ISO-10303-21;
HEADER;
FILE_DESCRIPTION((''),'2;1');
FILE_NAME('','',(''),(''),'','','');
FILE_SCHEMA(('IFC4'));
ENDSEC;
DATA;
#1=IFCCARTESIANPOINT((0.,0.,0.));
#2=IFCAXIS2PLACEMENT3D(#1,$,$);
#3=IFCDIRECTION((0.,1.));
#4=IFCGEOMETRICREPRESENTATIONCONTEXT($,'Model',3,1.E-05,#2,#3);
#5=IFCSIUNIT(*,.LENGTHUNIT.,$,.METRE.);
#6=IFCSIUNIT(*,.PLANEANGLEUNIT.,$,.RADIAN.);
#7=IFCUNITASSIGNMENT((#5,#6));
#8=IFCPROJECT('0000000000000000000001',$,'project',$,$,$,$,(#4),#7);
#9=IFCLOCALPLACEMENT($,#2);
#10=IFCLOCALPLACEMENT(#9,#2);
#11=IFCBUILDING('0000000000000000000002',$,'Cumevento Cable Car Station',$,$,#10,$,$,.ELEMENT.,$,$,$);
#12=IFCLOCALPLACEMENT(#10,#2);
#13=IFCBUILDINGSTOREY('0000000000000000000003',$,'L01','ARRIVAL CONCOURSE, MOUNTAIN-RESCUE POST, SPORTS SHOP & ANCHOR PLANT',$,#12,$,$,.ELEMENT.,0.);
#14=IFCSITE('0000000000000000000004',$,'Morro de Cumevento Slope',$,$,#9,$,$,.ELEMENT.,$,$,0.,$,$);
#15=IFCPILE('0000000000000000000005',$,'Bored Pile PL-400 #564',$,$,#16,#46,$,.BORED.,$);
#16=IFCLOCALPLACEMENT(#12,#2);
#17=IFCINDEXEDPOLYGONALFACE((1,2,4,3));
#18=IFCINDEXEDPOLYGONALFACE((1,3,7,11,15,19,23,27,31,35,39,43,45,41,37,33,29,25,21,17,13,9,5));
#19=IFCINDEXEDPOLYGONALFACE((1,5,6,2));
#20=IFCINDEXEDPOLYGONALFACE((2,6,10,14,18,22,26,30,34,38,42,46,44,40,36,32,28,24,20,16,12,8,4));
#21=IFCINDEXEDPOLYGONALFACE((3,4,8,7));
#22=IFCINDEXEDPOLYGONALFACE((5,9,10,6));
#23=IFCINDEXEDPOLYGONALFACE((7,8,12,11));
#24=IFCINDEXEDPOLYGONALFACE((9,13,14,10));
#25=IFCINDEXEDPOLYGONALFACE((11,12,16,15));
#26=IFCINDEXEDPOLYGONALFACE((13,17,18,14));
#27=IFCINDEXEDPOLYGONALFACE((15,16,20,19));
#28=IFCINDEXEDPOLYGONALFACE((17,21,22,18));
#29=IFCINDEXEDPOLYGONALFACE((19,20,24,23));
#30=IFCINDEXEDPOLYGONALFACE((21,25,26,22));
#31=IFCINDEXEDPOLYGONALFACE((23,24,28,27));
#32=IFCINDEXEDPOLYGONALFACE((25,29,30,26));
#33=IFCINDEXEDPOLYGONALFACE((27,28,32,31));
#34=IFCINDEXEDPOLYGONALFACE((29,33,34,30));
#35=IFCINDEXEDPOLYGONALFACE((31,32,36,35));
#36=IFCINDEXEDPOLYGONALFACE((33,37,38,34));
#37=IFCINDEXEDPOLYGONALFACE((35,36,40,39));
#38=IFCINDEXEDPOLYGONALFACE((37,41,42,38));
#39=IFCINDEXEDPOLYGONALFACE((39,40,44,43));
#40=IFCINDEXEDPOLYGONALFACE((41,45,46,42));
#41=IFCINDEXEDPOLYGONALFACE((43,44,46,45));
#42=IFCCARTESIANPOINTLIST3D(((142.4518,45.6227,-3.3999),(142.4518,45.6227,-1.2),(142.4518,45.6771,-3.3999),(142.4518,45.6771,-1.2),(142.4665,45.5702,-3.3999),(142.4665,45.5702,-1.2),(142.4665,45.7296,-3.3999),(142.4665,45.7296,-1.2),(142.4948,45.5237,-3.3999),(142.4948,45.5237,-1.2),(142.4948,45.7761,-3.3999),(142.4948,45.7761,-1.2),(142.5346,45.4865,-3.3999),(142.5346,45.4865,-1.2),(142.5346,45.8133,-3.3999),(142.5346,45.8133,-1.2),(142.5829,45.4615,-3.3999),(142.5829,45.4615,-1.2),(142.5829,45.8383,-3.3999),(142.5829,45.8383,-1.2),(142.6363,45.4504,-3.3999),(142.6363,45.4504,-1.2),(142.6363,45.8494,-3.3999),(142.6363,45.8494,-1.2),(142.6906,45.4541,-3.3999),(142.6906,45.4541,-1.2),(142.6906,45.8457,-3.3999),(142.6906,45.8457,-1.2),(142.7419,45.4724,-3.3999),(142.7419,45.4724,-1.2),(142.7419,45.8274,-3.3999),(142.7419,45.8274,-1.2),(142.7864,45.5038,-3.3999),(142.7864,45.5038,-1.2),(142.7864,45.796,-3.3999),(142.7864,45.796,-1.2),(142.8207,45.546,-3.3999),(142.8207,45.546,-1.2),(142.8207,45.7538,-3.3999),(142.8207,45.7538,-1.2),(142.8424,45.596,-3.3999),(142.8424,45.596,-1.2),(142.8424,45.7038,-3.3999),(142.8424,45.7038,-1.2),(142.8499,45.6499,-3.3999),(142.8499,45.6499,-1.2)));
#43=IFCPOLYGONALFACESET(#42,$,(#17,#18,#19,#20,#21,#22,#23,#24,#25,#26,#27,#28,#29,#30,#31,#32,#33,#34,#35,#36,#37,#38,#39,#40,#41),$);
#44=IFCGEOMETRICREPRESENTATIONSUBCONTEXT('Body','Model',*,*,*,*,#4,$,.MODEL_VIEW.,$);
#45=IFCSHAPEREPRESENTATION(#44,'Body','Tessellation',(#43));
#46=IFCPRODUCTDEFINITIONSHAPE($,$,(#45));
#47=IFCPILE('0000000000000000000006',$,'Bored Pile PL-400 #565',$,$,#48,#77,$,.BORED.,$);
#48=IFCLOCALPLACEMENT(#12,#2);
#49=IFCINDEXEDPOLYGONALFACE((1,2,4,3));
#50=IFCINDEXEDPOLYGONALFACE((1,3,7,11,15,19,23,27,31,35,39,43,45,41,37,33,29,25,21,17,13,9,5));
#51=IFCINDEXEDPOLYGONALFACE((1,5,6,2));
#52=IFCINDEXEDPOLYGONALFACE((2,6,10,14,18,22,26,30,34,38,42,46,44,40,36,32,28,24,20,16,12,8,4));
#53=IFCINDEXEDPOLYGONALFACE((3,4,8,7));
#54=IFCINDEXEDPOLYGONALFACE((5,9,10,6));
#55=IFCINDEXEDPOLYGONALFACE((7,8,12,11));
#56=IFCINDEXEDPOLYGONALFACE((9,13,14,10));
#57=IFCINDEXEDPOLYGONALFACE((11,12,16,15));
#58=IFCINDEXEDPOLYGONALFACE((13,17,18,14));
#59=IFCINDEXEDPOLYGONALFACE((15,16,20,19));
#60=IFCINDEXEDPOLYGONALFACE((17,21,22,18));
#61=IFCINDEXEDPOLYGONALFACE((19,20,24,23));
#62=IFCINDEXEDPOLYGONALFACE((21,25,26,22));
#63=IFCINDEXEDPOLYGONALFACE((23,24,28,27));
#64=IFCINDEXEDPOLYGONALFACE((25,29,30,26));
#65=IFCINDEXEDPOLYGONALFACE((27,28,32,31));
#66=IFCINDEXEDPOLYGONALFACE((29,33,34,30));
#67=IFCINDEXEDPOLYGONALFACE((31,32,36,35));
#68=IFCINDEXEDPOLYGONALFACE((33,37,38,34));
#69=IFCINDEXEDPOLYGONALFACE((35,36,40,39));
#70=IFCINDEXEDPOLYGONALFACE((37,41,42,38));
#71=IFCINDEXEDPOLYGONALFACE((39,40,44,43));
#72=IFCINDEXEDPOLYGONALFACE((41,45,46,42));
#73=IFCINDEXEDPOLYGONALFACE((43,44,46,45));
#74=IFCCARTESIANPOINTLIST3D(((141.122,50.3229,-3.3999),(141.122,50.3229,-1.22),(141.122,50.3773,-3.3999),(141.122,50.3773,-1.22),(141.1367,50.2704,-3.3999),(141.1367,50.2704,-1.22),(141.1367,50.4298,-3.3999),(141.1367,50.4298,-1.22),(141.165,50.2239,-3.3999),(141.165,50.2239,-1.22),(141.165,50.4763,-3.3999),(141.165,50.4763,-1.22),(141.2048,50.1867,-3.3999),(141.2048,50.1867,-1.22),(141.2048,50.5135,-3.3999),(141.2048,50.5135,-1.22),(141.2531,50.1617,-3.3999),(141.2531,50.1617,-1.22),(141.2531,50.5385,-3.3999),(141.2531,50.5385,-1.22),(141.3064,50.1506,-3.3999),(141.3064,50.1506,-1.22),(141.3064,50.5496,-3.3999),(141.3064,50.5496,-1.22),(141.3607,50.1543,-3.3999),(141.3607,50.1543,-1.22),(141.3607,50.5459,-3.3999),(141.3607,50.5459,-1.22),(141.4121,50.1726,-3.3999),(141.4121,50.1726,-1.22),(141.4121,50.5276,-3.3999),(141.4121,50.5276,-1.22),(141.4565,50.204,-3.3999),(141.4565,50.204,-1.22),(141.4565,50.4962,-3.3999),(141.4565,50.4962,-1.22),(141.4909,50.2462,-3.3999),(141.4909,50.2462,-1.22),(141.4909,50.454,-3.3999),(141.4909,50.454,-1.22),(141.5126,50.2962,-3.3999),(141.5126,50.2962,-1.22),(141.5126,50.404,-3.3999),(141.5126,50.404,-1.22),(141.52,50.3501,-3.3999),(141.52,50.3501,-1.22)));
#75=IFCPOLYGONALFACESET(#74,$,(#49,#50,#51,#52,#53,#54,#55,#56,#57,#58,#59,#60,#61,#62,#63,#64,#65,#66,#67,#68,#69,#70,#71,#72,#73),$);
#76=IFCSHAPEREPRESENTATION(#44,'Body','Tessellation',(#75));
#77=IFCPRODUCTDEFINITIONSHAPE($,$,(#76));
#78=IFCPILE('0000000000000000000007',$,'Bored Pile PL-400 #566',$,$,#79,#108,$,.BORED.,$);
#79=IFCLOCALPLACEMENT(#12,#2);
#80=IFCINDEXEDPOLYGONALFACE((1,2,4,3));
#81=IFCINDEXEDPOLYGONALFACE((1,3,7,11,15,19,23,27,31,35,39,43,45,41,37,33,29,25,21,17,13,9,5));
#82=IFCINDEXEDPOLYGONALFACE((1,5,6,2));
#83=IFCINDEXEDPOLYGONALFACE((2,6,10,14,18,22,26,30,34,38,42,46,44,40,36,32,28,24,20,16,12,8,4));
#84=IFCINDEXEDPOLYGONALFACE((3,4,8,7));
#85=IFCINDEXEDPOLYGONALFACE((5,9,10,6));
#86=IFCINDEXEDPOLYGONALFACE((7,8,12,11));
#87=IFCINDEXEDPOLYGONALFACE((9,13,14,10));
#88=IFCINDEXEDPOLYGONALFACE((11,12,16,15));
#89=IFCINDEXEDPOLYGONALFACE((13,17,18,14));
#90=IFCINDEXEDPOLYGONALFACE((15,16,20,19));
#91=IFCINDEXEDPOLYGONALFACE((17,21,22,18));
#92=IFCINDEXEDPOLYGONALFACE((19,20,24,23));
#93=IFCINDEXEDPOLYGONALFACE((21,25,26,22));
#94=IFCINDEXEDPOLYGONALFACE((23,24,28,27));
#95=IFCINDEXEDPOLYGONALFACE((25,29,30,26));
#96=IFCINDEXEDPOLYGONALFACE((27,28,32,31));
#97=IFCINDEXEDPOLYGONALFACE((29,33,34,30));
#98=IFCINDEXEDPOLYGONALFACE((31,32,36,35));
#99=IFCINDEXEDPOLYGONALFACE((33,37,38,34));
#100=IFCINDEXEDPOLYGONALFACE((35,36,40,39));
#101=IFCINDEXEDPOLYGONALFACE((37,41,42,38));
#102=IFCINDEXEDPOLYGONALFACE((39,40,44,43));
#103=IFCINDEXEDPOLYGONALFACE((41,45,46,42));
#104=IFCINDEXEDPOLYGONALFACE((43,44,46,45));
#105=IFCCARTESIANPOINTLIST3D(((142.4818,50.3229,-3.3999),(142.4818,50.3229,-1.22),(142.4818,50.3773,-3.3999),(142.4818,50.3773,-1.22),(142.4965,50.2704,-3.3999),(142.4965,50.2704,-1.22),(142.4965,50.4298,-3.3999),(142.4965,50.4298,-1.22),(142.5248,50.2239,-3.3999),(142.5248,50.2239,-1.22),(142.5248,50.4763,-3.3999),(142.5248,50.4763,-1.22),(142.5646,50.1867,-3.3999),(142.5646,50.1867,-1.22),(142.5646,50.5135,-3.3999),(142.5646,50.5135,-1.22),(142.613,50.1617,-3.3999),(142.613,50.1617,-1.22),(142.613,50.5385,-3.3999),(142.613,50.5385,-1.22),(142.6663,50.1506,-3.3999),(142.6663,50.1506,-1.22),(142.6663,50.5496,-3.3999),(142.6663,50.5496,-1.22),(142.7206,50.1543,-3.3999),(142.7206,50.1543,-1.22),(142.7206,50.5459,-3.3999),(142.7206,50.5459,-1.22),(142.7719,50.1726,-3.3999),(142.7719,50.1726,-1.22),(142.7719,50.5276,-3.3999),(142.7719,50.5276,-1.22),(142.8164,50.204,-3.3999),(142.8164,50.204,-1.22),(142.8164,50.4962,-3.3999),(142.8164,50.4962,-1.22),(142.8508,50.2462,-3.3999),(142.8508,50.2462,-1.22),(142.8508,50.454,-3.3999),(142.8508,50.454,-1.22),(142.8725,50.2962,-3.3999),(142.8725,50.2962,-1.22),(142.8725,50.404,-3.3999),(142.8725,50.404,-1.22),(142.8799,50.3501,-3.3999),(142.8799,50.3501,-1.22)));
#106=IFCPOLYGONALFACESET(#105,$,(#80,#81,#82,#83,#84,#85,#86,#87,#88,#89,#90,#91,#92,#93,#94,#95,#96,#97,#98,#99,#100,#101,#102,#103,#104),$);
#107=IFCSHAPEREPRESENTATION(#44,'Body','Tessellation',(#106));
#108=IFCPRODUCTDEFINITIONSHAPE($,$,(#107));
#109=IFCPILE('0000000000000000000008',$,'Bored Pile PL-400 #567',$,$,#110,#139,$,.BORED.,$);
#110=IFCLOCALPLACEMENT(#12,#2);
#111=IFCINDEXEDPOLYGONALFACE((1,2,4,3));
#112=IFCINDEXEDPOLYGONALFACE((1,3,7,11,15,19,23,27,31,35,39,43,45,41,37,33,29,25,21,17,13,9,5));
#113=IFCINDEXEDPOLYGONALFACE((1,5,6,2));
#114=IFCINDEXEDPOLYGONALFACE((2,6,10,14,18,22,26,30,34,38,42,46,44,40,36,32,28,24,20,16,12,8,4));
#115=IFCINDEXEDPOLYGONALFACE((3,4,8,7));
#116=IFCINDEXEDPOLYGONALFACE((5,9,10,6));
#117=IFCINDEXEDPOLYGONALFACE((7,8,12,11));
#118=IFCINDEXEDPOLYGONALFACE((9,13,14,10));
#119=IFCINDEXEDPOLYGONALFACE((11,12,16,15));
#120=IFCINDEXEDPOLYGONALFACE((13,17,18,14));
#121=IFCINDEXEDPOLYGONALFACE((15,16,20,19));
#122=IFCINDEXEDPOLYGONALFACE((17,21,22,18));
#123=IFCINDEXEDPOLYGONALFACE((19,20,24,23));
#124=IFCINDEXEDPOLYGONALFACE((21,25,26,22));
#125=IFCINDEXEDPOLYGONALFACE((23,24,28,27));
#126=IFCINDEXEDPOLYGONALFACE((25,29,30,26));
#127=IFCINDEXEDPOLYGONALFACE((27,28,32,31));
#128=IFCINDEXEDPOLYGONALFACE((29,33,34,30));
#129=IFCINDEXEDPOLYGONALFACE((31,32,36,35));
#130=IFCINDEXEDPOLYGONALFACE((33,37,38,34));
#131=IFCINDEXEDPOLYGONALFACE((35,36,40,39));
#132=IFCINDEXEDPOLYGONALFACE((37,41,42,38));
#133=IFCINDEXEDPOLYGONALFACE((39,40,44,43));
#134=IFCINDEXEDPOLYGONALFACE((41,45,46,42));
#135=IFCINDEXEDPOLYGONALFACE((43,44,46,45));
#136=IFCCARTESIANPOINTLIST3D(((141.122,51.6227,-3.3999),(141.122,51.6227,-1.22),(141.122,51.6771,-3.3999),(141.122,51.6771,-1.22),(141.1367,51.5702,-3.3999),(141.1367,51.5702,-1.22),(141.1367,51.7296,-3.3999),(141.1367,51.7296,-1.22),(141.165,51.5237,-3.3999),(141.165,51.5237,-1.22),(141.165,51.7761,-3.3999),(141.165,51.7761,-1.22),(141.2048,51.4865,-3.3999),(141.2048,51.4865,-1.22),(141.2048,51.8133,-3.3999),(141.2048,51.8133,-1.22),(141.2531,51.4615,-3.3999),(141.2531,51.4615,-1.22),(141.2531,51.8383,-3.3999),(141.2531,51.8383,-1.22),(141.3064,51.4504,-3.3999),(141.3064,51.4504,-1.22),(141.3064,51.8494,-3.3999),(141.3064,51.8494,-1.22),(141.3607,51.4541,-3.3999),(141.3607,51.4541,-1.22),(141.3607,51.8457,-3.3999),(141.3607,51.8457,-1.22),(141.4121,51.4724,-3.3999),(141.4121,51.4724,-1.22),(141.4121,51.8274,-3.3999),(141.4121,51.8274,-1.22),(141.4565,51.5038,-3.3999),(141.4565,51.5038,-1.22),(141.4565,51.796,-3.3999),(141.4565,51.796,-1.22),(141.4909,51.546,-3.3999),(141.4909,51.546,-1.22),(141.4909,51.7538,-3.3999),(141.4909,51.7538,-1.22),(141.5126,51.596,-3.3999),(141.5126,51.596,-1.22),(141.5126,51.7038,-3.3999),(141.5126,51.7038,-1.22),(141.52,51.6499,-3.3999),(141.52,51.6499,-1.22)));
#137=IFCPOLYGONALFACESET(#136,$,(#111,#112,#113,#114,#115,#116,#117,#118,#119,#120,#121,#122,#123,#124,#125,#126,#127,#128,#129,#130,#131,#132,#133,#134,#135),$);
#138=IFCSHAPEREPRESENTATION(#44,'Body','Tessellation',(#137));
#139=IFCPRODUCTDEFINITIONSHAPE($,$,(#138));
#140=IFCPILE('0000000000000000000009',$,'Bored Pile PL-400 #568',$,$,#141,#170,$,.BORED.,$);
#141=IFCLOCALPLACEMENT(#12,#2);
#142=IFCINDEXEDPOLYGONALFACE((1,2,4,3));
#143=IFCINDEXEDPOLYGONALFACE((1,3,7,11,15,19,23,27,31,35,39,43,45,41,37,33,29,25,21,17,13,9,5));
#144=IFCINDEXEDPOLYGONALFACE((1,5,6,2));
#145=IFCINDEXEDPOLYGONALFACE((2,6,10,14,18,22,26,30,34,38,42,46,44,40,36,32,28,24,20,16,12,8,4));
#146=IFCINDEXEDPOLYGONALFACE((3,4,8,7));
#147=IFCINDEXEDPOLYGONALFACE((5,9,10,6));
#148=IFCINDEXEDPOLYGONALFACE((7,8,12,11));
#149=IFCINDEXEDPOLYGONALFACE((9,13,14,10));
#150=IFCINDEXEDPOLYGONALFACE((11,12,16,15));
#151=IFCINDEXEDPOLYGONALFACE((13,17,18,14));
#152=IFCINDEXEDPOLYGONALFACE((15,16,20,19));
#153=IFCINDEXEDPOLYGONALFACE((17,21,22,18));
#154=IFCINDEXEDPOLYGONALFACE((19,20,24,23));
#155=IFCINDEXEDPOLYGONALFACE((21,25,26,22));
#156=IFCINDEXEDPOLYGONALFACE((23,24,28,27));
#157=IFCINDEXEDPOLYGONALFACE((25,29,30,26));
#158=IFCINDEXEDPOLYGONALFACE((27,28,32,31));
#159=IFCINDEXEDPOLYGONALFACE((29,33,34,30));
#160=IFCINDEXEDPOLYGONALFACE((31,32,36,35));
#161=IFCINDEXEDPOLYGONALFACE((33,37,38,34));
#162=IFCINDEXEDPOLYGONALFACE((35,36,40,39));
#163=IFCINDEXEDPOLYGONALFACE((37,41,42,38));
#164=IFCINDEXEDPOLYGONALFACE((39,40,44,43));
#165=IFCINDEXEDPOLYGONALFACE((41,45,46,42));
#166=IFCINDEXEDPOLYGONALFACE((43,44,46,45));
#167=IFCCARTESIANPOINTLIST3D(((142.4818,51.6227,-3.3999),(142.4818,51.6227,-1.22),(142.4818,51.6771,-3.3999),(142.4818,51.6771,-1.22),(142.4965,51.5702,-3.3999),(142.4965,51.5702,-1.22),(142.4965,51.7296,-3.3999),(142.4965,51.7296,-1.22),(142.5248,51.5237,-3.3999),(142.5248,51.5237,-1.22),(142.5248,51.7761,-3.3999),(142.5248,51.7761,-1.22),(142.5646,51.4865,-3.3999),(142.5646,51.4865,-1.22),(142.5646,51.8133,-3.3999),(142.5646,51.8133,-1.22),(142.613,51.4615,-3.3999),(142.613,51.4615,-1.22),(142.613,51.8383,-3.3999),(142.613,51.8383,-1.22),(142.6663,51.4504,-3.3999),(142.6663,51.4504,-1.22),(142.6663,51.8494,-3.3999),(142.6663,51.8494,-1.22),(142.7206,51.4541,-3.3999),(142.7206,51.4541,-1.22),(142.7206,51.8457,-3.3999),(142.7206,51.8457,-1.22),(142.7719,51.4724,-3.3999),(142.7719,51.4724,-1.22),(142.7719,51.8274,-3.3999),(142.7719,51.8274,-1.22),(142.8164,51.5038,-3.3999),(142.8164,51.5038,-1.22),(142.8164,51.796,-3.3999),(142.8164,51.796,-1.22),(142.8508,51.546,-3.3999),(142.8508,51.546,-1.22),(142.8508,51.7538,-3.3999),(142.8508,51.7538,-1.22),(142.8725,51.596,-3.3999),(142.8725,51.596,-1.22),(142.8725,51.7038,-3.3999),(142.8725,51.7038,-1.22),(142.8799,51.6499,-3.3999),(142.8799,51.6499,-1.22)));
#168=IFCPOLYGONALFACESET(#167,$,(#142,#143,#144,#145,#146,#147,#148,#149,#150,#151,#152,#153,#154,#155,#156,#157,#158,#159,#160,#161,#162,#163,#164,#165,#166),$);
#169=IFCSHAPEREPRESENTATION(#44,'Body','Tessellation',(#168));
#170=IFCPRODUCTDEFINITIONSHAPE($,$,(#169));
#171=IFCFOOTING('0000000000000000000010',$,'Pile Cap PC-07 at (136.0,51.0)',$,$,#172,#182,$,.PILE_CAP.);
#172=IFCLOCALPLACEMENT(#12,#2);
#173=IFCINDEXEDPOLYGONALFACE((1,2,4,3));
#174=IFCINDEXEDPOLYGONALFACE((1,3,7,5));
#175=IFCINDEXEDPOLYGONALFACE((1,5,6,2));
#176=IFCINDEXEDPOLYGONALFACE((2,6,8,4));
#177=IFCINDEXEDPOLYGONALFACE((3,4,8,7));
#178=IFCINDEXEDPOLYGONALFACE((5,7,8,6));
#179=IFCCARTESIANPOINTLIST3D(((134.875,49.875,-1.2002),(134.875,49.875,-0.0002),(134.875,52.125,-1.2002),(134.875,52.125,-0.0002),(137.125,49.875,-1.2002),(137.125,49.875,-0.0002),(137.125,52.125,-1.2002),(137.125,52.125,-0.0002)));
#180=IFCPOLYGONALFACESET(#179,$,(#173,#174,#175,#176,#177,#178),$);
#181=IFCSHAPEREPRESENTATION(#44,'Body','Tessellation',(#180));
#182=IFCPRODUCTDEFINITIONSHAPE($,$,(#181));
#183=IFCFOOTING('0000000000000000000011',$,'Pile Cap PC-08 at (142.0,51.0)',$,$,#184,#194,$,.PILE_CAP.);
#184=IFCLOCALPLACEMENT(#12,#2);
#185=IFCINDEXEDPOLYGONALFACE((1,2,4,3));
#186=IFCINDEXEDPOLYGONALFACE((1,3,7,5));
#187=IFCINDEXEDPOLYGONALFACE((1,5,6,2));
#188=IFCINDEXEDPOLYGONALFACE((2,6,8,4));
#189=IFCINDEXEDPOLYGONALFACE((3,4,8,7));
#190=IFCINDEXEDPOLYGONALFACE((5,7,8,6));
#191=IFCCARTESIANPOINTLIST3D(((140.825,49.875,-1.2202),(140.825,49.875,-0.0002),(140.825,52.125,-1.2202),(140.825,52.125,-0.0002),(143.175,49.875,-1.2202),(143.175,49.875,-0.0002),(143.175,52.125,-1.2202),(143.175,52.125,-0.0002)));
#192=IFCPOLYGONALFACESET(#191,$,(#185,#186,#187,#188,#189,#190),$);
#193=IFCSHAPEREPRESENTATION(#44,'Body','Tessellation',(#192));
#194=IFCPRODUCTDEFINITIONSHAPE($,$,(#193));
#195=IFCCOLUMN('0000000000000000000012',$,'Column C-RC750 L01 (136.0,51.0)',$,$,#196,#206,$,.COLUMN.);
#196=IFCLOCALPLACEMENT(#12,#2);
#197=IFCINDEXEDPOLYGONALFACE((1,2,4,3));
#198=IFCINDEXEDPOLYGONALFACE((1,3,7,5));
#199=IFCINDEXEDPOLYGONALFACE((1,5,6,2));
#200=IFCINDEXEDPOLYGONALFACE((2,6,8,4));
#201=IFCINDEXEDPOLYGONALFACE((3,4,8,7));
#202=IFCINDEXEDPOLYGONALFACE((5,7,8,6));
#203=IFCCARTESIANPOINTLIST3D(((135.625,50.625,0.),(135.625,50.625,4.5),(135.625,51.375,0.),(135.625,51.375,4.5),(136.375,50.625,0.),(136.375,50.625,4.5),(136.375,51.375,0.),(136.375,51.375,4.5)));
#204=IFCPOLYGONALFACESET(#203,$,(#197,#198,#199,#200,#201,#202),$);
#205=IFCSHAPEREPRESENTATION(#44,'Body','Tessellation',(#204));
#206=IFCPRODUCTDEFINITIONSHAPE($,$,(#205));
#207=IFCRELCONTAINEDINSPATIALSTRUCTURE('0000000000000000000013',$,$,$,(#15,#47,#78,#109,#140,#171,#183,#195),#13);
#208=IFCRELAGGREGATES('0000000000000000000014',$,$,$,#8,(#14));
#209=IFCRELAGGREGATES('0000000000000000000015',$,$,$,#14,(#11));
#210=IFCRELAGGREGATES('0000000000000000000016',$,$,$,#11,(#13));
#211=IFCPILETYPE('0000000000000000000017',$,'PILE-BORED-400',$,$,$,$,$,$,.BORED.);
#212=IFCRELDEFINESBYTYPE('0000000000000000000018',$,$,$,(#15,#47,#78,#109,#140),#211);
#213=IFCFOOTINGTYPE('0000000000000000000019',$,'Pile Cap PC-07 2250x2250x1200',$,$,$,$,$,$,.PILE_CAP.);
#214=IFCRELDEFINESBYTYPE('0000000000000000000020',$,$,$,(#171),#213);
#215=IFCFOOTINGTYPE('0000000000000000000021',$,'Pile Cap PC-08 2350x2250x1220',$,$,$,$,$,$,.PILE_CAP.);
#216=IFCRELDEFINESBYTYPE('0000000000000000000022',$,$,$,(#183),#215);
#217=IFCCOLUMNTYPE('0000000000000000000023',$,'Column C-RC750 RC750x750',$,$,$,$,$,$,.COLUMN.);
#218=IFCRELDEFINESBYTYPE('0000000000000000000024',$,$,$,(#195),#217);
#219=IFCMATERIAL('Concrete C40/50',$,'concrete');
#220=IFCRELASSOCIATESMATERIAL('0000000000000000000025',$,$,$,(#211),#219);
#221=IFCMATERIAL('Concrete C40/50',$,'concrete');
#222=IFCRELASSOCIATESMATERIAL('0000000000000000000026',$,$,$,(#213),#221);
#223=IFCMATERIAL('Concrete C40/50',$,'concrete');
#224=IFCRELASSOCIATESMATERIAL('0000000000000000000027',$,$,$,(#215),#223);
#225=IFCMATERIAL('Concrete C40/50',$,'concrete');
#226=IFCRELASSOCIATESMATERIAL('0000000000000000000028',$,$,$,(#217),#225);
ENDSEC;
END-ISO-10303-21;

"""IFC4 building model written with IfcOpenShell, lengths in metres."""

from ifc_helpers import new_model, si_unit, direction, frame, origin, origin_2d, place, context, subcontext, project, spatial, rectangle, circle, extrude, material, material_profile, profile_set, type_object, element, save


model = new_model("IFC4")

# Units and contexts
model_context = context("Model", 3, precision=1e-05, world=origin(), true_north=direction((0.0, 1.0)))
body_context = subcontext(model_context, "Body", "Model", "MODEL_VIEW")
ifc_project = project(units=[si_unit("LENGTHUNIT", "METRE"), si_unit("PLANEANGLEUNIT", "RADIAN")], contexts=[model_context])

# Site, building, storey
site_placement = place(None, origin())
site = spatial("IfcSite", under=ifc_project, at=site_placement, Name="Morro de Cumevento Slope", CompositionType="ELEMENT", RefElevation=0.0)
building_placement = place(site_placement, origin())
building = spatial("IfcBuilding", under=site, at=building_placement, Name="Cumevento Cable Car Station", CompositionType="ELEMENT")
storey_placement = place(building_placement, origin())
storey = spatial("IfcBuildingStorey", under=building, at=storey_placement, Name="L01", Description="ARRIVAL CONCOURSE, MOUNTAIN-RESCUE POST, SPORTS SHOP & ANCHOR PLANT", CompositionType="ELEMENT", Elevation=0.0)

# Piles
ifc_material_1 = material(Name="Concrete C40/50", Category="concrete")
ifc_material_profile_1 = material_profile(ifc_material_1, circle(Radius=0.2, at=origin_2d()), Name="PILE-D400")
ifc_profile_set_1 = profile_set([ifc_material_profile_1], Name="Concrete C40/50")
pile_type = type_object("IfcPileType", Name="PILE-BORED-400", PredefinedType="BORED", material=ifc_profile_set_1)
for number, where, z_axis, x_axis, name in (
    (1, (142.6499, 45.6499, -1.2), (0.0, 0.0, -1.0), (1.0, 0.0, 0.0), "Bored Pile PL-400 #564"),
):
    element("IfcPile", number, at=place(storey_placement, frame(where, z_axis=z_axis, x_axis=x_axis)), inside=storey, type_object=pile_type, Name=name, PredefinedType="BORED", context=body_context, shape_type="SweptSolid", body=[
        extrude(circle(Radius=0.2, at=origin_2d()), origin(), (0.0, 0.0, 1.0), 2.2),
    ])
for number, where, z_axis, x_axis, name in (
    (2, (141.3201, 50.3501, -1.22), (0.0, 0.0, -1.0), (1.0, 0.0, 0.0), "Bored Pile PL-400 #565"),
    (3, (142.6799, 50.3501, -1.22), (0.0, 0.0, -1.0), (1.0, 0.0, 0.0), "Bored Pile PL-400 #566"),
    (4, (141.3201, 51.6499, -1.22), (0.0, 0.0, -1.0), (1.0, 0.0, 0.0), "Bored Pile PL-400 #567"),
    (5, (142.6799, 51.6499, -1.22), (0.0, 0.0, -1.0), (1.0, 0.0, 0.0), "Bored Pile PL-400 #568"),
):
    element("IfcPile", number, at=place(storey_placement, frame(where, z_axis=z_axis, x_axis=x_axis)), inside=storey, type_object=pile_type, Name=name, PredefinedType="BORED", context=body_context, shape_type="SweptSolid", body=[
        extrude(circle(Radius=0.2, at=origin_2d()), origin(), (0.0, 0.0, 1.0), 2.1799),
    ])

# Footings
ifc_material_2 = material(Name="Concrete C40/50", Category="concrete")
footing_type_1 = type_object("IfcFootingType", Name="Pile Cap PC-07 2250x2250x1200", PredefinedType="PILE_CAP", material=ifc_material_2)
footing_1_placement = place(storey_placement, frame((136.0, 51.0, -1.2002), z_axis=(0.0, 0.0, 1.0), x_axis=(1.0, 0.0, 0.0)))
element("IfcFooting", 6, at=footing_1_placement, inside=storey, type_object=footing_type_1, Name="Pile Cap PC-07 at (136.0,51.0)", PredefinedType="PILE_CAP", context=body_context, shape_type="SweptSolid", body=[
    extrude(rectangle(XDim=2.25, YDim=2.25, at=origin_2d()), origin(), (0.0, 0.0, 1.0), 1.2),
])
ifc_material_3 = material(Name="Concrete C40/50", Category="concrete")
footing_type_2 = type_object("IfcFootingType", Name="Pile Cap PC-08 2350x2250x1220", PredefinedType="PILE_CAP", material=ifc_material_3)
footing_2_placement = place(storey_placement, frame((142.0, 51.0, -1.2202), z_axis=(0.0, 0.0, 1.0), x_axis=(1.0, 0.0, 0.0)))
element("IfcFooting", 7, at=footing_2_placement, inside=storey, type_object=footing_type_2, Name="Pile Cap PC-08 at (142.0,51.0)", PredefinedType="PILE_CAP", context=body_context, shape_type="SweptSolid", body=[
    extrude(rectangle(XDim=2.3501, YDim=2.25, at=origin_2d()), origin(), (0.0, 0.0, 1.0), 1.22),
])

# Column
ifc_material_4 = material(Name="Concrete C40/50", Category="concrete")
ifc_material_profile_2 = material_profile(ifc_material_4, rectangle(XDim=0.75, YDim=0.75, at=origin_2d()), Name="RC750x750")
ifc_profile_set_2 = profile_set([ifc_material_profile_2], Name="Concrete C40/50")
column_type_1 = type_object("IfcColumnType", Name="Column C-RC750 RC750x750", PredefinedType="COLUMN", material=ifc_profile_set_2)
column_1_placement = place(storey_placement, frame((136.0, 51.0, 0.0), z_axis=(0.0, 0.0, 1.0), x_axis=(1.0, 0.0, 0.0)))
element("IfcColumn", 8, at=column_1_placement, inside=storey, type_object=column_type_1, Name="Column C-RC750 L01 (136.0,51.0)", PredefinedType="COLUMN", context=body_context, shape_type="SweptSolid", body=[
    extrude(rectangle(XDim=0.75, YDim=0.75, at=origin_2d()), origin(), (0.0, 0.0, 1.0), 4.5),
])

save(model, "model.ifc")
